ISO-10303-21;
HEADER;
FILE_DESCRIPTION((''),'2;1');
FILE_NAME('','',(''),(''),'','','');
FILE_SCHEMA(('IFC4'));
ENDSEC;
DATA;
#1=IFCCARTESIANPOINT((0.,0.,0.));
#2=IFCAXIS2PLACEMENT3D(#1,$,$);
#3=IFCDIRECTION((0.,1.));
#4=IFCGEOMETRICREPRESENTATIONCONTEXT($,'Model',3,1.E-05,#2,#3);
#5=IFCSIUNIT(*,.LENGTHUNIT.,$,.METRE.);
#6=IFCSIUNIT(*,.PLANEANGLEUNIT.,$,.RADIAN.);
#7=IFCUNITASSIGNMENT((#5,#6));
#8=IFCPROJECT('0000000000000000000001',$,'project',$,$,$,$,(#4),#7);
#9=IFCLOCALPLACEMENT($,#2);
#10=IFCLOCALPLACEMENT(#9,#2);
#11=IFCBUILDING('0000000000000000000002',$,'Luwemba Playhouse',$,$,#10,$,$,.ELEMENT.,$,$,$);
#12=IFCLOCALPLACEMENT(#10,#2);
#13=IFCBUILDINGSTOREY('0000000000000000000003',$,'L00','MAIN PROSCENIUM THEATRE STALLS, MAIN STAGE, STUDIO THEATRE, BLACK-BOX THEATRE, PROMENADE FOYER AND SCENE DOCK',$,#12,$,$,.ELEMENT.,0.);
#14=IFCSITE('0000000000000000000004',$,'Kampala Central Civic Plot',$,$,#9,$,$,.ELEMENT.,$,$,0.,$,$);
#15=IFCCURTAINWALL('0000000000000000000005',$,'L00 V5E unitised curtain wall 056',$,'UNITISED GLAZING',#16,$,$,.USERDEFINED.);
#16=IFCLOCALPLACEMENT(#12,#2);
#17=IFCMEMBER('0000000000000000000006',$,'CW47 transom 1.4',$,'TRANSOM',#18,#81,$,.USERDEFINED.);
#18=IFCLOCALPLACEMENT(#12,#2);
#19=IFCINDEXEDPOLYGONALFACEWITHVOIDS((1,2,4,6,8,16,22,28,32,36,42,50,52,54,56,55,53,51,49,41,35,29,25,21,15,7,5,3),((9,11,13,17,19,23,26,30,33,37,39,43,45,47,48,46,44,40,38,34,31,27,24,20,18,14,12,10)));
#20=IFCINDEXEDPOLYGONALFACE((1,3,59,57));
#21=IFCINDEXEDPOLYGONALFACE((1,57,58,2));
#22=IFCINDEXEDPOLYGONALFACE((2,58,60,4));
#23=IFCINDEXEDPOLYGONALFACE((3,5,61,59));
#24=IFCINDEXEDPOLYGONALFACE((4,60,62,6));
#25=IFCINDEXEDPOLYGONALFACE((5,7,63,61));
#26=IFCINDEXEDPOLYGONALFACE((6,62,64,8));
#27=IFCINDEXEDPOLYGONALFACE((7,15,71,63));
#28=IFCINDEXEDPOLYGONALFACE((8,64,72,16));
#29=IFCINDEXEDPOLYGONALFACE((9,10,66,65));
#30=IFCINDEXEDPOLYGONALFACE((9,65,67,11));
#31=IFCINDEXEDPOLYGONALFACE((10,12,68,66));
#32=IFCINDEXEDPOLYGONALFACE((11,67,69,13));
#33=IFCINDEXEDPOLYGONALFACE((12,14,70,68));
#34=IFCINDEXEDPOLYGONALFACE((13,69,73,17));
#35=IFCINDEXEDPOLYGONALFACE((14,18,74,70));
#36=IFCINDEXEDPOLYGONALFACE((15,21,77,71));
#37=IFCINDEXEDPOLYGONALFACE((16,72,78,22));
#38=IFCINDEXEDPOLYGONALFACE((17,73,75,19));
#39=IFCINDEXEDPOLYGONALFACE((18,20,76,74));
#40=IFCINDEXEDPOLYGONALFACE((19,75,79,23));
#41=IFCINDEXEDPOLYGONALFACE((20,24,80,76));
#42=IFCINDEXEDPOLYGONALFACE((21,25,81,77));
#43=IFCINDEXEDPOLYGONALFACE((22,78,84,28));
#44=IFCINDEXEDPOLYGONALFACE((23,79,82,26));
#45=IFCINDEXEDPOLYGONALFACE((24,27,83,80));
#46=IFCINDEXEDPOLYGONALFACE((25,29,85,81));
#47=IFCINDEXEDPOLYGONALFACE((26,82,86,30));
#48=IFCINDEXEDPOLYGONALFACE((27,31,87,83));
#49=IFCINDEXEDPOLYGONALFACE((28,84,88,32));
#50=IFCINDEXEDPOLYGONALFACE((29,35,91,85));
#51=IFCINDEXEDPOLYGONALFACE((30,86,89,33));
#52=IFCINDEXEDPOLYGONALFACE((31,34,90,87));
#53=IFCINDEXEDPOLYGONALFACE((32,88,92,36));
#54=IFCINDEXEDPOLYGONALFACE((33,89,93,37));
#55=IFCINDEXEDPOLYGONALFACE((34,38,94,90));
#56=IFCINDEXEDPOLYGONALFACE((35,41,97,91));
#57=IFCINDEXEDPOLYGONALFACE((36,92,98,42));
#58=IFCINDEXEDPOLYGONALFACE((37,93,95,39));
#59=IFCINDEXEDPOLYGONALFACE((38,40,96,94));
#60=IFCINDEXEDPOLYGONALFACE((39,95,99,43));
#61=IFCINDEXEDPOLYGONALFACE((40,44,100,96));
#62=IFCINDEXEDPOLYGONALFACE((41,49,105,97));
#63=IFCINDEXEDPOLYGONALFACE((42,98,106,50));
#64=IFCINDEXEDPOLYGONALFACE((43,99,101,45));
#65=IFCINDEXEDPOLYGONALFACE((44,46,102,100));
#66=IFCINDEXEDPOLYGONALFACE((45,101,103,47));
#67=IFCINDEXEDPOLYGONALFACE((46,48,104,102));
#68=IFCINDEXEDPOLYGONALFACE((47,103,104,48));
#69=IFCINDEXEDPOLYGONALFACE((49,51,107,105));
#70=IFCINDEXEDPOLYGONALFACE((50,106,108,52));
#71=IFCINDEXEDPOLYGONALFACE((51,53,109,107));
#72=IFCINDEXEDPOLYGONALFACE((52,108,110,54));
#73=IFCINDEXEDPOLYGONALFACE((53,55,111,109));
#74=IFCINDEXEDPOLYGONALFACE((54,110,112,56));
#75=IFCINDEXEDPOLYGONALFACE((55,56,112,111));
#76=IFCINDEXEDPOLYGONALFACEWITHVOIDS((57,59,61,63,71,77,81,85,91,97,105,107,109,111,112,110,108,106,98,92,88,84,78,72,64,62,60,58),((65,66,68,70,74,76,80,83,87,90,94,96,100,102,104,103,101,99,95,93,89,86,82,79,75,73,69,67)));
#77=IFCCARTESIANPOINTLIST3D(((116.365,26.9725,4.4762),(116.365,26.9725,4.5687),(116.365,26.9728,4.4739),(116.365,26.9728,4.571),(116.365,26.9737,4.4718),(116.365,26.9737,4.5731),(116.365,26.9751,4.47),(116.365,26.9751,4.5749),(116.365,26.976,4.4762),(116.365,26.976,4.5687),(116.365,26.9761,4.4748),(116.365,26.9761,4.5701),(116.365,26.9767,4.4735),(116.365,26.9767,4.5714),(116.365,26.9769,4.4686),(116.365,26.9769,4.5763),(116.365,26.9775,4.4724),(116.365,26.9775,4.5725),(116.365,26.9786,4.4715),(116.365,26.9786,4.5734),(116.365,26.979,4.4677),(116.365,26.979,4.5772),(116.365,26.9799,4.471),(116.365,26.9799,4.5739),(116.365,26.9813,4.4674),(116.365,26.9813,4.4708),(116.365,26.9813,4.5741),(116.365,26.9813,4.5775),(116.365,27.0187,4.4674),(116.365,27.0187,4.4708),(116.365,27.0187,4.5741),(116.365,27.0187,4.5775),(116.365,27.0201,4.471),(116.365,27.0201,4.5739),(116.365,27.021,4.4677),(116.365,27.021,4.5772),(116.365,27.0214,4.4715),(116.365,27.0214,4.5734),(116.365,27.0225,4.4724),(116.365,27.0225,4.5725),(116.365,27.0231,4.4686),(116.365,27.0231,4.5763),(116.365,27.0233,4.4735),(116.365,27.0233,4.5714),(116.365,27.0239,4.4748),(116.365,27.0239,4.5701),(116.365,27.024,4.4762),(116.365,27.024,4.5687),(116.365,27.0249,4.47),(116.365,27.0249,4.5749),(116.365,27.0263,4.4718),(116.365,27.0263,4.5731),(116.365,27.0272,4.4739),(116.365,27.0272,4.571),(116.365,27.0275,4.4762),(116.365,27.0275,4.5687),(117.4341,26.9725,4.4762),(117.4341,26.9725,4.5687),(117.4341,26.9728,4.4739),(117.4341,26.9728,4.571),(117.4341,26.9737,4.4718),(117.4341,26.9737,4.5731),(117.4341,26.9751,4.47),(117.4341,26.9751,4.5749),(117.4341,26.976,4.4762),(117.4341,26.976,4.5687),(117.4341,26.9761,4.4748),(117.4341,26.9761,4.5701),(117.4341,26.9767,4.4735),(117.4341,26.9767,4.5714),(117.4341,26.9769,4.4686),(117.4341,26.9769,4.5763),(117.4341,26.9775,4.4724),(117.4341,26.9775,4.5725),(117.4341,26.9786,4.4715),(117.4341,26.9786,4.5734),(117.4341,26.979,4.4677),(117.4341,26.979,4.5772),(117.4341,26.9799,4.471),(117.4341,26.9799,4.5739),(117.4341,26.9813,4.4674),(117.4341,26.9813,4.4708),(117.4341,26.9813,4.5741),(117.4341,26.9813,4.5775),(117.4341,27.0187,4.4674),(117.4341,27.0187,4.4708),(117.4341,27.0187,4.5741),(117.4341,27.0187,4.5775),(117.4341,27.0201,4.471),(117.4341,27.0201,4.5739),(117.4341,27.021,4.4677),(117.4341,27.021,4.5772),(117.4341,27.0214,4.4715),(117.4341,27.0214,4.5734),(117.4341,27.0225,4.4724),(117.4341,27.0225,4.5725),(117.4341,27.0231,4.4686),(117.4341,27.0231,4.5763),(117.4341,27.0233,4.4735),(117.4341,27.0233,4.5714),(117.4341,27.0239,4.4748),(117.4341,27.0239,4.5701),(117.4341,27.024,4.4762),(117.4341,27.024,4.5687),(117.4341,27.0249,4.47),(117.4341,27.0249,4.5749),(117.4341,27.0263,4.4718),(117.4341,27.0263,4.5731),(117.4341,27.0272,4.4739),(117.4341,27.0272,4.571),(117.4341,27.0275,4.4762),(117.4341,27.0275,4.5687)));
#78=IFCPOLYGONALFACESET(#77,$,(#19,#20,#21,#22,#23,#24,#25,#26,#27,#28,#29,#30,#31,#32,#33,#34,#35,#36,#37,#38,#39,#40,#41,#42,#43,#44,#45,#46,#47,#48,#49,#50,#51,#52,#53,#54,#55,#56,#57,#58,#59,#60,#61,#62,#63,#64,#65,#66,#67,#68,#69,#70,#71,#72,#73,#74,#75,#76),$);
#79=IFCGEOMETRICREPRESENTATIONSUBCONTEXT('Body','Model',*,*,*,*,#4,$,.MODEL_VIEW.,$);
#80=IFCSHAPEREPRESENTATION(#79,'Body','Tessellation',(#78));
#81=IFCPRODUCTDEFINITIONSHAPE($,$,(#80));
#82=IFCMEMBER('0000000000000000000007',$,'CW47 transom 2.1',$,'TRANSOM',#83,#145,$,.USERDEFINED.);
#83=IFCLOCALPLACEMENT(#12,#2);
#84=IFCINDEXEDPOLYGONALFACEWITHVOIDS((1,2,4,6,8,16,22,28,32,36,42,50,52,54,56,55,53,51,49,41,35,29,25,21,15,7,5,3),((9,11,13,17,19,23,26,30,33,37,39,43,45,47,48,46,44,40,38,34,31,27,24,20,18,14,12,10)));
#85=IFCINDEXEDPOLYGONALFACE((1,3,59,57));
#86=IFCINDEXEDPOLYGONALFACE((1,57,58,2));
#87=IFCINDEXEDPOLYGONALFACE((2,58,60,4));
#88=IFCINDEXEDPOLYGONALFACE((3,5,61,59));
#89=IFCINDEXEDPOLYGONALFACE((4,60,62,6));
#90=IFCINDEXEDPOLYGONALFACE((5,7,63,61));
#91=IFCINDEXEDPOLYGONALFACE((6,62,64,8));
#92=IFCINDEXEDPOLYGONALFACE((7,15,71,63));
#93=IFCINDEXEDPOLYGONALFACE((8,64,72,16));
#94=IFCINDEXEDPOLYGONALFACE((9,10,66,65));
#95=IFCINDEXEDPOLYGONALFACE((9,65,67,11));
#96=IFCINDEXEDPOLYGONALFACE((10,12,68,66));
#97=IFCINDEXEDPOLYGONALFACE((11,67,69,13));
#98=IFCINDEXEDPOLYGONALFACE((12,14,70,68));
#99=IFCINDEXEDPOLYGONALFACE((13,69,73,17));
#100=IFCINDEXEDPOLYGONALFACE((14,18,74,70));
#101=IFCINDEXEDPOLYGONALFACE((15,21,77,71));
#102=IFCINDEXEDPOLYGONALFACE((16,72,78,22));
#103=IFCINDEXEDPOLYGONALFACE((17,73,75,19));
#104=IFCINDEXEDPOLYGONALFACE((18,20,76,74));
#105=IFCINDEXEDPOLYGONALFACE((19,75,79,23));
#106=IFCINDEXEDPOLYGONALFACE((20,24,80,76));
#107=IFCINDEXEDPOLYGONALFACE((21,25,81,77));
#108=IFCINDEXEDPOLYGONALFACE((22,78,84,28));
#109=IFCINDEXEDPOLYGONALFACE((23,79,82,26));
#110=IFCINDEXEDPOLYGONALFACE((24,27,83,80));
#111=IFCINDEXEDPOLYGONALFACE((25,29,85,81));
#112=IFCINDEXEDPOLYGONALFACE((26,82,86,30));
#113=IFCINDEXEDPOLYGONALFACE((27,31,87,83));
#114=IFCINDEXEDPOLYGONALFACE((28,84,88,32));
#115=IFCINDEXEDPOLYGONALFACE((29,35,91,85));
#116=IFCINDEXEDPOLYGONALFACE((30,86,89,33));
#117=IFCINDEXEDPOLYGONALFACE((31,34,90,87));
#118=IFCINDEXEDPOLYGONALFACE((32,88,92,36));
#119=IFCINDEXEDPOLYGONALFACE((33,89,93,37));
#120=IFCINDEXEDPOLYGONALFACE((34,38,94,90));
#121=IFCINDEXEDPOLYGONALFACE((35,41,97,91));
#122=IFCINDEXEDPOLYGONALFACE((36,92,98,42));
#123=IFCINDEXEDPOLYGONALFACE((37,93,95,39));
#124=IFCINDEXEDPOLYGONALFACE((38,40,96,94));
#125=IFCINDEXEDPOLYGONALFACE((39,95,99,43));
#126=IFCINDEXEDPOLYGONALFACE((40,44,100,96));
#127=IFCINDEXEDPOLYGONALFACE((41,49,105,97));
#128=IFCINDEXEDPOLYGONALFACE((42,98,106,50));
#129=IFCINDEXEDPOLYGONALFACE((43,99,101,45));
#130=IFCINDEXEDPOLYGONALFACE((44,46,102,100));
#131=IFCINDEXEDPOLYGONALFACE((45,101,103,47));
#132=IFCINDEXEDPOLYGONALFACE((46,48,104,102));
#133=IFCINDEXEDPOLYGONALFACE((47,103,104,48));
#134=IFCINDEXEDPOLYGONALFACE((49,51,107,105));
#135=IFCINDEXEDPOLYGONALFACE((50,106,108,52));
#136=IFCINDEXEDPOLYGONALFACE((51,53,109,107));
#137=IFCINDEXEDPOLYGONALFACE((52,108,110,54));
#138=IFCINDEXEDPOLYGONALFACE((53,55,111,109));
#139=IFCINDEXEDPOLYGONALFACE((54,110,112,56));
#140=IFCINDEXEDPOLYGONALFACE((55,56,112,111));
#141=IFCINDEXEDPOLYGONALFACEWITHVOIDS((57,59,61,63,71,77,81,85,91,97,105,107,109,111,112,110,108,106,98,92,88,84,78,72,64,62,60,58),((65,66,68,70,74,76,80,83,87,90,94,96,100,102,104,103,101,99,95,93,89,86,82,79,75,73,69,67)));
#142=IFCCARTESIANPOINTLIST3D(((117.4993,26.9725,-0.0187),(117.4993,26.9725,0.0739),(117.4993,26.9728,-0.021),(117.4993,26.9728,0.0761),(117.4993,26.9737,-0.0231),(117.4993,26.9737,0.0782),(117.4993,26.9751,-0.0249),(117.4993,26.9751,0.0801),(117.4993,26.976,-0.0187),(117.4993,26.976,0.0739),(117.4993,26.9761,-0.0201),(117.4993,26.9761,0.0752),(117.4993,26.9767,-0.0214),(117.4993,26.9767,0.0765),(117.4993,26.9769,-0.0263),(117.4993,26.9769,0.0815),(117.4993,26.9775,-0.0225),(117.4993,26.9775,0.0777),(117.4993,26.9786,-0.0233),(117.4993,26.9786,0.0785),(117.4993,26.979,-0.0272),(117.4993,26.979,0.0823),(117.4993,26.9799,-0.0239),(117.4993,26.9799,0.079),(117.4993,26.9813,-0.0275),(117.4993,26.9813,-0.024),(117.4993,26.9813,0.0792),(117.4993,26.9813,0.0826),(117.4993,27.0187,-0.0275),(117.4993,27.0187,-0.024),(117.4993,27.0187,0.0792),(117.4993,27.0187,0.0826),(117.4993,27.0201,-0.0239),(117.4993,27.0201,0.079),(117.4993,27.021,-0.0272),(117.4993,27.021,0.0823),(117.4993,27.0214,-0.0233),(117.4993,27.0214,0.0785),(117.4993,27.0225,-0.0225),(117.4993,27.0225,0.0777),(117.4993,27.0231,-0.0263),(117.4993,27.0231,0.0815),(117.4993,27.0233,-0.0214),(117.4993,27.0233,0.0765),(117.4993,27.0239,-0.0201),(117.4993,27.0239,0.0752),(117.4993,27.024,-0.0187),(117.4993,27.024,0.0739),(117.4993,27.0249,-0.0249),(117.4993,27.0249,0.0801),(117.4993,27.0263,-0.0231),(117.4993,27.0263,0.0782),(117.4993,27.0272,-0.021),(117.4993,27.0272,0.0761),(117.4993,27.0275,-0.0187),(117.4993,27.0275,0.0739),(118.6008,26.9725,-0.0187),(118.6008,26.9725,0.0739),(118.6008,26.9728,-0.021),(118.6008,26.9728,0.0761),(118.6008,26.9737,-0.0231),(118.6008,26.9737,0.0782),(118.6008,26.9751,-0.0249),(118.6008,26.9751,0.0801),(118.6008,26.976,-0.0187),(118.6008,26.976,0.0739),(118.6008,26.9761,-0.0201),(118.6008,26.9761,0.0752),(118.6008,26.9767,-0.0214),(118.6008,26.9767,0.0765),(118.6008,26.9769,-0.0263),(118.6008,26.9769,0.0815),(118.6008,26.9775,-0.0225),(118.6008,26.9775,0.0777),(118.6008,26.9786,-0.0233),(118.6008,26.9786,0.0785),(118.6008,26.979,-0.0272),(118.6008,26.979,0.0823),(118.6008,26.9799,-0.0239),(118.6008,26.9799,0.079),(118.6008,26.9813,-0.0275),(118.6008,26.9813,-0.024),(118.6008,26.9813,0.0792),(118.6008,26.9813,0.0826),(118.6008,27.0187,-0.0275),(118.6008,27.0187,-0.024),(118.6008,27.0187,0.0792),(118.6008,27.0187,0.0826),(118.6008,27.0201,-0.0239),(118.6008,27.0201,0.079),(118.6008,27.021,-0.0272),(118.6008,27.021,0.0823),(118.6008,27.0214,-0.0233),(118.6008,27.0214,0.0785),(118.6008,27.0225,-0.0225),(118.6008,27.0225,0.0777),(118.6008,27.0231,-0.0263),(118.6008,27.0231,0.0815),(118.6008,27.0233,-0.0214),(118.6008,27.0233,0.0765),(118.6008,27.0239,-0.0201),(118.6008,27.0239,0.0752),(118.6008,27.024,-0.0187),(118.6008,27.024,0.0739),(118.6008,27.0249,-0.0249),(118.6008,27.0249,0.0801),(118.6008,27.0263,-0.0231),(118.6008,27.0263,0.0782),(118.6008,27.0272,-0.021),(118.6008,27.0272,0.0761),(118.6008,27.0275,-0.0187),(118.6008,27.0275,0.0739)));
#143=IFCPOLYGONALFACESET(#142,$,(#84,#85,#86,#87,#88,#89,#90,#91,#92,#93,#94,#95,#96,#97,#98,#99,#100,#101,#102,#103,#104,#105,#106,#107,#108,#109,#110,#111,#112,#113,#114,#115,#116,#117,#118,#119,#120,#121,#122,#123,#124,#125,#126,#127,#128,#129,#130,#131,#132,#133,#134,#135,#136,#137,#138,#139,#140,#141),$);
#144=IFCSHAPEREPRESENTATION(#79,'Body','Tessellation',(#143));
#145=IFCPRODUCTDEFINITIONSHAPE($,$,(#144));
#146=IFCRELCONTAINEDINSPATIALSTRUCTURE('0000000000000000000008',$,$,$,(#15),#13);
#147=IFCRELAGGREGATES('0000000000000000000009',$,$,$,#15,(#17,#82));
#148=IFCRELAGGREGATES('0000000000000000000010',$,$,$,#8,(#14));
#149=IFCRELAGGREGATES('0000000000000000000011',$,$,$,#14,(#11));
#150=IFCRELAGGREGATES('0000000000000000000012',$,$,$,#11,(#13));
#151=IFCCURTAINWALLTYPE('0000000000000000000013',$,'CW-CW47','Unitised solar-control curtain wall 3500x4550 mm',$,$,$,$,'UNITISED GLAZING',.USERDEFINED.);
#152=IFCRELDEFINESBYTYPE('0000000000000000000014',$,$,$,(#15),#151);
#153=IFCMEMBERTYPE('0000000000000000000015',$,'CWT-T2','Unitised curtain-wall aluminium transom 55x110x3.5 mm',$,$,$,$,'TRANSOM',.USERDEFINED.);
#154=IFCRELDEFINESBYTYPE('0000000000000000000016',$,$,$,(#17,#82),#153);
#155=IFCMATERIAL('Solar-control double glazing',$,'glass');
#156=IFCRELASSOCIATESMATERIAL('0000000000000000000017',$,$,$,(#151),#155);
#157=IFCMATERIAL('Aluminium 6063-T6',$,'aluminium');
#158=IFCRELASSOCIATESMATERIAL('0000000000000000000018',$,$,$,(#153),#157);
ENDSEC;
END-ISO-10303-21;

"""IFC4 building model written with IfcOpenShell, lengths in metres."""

from ifc_helpers import new_model, si_unit, direction, frame, origin, origin_2d, place, context, subcontext, project, spatial, hollow_rectangle, extrude, material, material_profile, profile_set, type_object, element, aggregate, save


model = new_model("IFC4")

# Units and contexts
model_context = context("Model", 3, precision=1e-05, world=origin(), true_north=direction((0.0, 1.0)))
body_context = subcontext(model_context, "Body", "Model", "MODEL_VIEW")
ifc_project = project(units=[si_unit("LENGTHUNIT", "METRE"), si_unit("PLANEANGLEUNIT", "RADIAN")], contexts=[model_context])

# Site, building, storey
site_placement = place(None, origin())
site = spatial("IfcSite", under=ifc_project, at=site_placement, Name="Kampala Central Civic Plot", CompositionType="ELEMENT", RefElevation=0.0)
building_placement = place(site_placement, origin())
building = spatial("IfcBuilding", under=site, at=building_placement, Name="Luwemba Playhouse", CompositionType="ELEMENT")
storey_placement = place(building_placement, origin())
storey = spatial("IfcBuildingStorey", under=building, at=storey_placement, Name="L00", Description="MAIN PROSCENIUM THEATRE STALLS, MAIN STAGE, STUDIO THEATRE, BLACK-BOX THEATRE, PROMENADE FOYER AND SCENE DOCK", CompositionType="ELEMENT", Elevation=0.0)

# Shared definitions
ifc_material_1 = material(Name="Solar-control double glazing", Category="glass")
ifc_material_2 = material(Name="Aluminium 6063-T6", Category="aluminium")

# Curtain wall
curtain_wall_type_1 = type_object("IfcCurtainWallType", Name="CW-CW47", Description="Unitised solar-control curtain wall 3500x4550 mm", ElementType="UNITISED GLAZING", PredefinedType="USERDEFINED", material=ifc_material_1)
curtain_wall_1_placement = place(storey_placement, origin())
curtain_wall_1 = element("IfcCurtainWall", 1, at=curtain_wall_1_placement, inside=storey, type_object=curtain_wall_type_1, Name="L00 V5E unitised curtain wall 056", ObjectType="UNITISED GLAZING", PredefinedType="USERDEFINED")

# Members
ifc_material_profile_1 = material_profile(ifc_material_2, hollow_rectangle(XDim=0.0549, YDim=0.1101, WallThickness=0.0034, InnerFilletRadius=0.0054, OuterFilletRadius=0.0088, at=origin_2d()))
ifc_profile_set_1 = profile_set([ifc_material_profile_1], Name="Aluminium 6063-T6")
member_type_1 = type_object("IfcMemberType", Name="CWT-T2", Description="Unitised curtain-wall aluminium transom 55x110x3.5 mm", ElementType="TRANSOM", PredefinedType="USERDEFINED", material=ifc_profile_set_1)
member_1_placement = place(storey_placement, frame((116.365, 27.0, 4.5225), z_axis=(1.0, 0.0, 0.0), x_axis=(0.0, 1.0, 0.0)))
member_1 = element("IfcMember", 2, at=member_1_placement, type_object=member_type_1, Name="CW47 transom 1.4", ObjectType="TRANSOM", PredefinedType="USERDEFINED", context=body_context, shape_type="SweptSolid", body=[
    extrude(hollow_rectangle(XDim=0.0549, YDim=0.1101, WallThickness=0.0034, InnerFilletRadius=0.0054, OuterFilletRadius=0.0088, at=origin_2d()), origin(), (0.0, 0.0, 1.0), 1.0691),
])
member_2_placement = place(storey_placement, frame((117.4993, 27.0, 0.0276), z_axis=(1.0, 0.0, 0.0), x_axis=(0.0, 1.0, 0.0)))
member_2 = element("IfcMember", 3, at=member_2_placement, type_object=member_type_1, Name="CW47 transom 2.1", ObjectType="TRANSOM", PredefinedType="USERDEFINED", context=body_context, shape_type="SweptSolid", body=[
    extrude(hollow_rectangle(XDim=0.0549, YDim=0.1101, WallThickness=0.0034, InnerFilletRadius=0.0054, OuterFilletRadius=0.0088, at=origin_2d()), origin(), (0.0, 0.0, 1.0), 1.1016),
])

aggregate(curtain_wall_1, [member_1, member_2])

save(model, "model.ifc")
